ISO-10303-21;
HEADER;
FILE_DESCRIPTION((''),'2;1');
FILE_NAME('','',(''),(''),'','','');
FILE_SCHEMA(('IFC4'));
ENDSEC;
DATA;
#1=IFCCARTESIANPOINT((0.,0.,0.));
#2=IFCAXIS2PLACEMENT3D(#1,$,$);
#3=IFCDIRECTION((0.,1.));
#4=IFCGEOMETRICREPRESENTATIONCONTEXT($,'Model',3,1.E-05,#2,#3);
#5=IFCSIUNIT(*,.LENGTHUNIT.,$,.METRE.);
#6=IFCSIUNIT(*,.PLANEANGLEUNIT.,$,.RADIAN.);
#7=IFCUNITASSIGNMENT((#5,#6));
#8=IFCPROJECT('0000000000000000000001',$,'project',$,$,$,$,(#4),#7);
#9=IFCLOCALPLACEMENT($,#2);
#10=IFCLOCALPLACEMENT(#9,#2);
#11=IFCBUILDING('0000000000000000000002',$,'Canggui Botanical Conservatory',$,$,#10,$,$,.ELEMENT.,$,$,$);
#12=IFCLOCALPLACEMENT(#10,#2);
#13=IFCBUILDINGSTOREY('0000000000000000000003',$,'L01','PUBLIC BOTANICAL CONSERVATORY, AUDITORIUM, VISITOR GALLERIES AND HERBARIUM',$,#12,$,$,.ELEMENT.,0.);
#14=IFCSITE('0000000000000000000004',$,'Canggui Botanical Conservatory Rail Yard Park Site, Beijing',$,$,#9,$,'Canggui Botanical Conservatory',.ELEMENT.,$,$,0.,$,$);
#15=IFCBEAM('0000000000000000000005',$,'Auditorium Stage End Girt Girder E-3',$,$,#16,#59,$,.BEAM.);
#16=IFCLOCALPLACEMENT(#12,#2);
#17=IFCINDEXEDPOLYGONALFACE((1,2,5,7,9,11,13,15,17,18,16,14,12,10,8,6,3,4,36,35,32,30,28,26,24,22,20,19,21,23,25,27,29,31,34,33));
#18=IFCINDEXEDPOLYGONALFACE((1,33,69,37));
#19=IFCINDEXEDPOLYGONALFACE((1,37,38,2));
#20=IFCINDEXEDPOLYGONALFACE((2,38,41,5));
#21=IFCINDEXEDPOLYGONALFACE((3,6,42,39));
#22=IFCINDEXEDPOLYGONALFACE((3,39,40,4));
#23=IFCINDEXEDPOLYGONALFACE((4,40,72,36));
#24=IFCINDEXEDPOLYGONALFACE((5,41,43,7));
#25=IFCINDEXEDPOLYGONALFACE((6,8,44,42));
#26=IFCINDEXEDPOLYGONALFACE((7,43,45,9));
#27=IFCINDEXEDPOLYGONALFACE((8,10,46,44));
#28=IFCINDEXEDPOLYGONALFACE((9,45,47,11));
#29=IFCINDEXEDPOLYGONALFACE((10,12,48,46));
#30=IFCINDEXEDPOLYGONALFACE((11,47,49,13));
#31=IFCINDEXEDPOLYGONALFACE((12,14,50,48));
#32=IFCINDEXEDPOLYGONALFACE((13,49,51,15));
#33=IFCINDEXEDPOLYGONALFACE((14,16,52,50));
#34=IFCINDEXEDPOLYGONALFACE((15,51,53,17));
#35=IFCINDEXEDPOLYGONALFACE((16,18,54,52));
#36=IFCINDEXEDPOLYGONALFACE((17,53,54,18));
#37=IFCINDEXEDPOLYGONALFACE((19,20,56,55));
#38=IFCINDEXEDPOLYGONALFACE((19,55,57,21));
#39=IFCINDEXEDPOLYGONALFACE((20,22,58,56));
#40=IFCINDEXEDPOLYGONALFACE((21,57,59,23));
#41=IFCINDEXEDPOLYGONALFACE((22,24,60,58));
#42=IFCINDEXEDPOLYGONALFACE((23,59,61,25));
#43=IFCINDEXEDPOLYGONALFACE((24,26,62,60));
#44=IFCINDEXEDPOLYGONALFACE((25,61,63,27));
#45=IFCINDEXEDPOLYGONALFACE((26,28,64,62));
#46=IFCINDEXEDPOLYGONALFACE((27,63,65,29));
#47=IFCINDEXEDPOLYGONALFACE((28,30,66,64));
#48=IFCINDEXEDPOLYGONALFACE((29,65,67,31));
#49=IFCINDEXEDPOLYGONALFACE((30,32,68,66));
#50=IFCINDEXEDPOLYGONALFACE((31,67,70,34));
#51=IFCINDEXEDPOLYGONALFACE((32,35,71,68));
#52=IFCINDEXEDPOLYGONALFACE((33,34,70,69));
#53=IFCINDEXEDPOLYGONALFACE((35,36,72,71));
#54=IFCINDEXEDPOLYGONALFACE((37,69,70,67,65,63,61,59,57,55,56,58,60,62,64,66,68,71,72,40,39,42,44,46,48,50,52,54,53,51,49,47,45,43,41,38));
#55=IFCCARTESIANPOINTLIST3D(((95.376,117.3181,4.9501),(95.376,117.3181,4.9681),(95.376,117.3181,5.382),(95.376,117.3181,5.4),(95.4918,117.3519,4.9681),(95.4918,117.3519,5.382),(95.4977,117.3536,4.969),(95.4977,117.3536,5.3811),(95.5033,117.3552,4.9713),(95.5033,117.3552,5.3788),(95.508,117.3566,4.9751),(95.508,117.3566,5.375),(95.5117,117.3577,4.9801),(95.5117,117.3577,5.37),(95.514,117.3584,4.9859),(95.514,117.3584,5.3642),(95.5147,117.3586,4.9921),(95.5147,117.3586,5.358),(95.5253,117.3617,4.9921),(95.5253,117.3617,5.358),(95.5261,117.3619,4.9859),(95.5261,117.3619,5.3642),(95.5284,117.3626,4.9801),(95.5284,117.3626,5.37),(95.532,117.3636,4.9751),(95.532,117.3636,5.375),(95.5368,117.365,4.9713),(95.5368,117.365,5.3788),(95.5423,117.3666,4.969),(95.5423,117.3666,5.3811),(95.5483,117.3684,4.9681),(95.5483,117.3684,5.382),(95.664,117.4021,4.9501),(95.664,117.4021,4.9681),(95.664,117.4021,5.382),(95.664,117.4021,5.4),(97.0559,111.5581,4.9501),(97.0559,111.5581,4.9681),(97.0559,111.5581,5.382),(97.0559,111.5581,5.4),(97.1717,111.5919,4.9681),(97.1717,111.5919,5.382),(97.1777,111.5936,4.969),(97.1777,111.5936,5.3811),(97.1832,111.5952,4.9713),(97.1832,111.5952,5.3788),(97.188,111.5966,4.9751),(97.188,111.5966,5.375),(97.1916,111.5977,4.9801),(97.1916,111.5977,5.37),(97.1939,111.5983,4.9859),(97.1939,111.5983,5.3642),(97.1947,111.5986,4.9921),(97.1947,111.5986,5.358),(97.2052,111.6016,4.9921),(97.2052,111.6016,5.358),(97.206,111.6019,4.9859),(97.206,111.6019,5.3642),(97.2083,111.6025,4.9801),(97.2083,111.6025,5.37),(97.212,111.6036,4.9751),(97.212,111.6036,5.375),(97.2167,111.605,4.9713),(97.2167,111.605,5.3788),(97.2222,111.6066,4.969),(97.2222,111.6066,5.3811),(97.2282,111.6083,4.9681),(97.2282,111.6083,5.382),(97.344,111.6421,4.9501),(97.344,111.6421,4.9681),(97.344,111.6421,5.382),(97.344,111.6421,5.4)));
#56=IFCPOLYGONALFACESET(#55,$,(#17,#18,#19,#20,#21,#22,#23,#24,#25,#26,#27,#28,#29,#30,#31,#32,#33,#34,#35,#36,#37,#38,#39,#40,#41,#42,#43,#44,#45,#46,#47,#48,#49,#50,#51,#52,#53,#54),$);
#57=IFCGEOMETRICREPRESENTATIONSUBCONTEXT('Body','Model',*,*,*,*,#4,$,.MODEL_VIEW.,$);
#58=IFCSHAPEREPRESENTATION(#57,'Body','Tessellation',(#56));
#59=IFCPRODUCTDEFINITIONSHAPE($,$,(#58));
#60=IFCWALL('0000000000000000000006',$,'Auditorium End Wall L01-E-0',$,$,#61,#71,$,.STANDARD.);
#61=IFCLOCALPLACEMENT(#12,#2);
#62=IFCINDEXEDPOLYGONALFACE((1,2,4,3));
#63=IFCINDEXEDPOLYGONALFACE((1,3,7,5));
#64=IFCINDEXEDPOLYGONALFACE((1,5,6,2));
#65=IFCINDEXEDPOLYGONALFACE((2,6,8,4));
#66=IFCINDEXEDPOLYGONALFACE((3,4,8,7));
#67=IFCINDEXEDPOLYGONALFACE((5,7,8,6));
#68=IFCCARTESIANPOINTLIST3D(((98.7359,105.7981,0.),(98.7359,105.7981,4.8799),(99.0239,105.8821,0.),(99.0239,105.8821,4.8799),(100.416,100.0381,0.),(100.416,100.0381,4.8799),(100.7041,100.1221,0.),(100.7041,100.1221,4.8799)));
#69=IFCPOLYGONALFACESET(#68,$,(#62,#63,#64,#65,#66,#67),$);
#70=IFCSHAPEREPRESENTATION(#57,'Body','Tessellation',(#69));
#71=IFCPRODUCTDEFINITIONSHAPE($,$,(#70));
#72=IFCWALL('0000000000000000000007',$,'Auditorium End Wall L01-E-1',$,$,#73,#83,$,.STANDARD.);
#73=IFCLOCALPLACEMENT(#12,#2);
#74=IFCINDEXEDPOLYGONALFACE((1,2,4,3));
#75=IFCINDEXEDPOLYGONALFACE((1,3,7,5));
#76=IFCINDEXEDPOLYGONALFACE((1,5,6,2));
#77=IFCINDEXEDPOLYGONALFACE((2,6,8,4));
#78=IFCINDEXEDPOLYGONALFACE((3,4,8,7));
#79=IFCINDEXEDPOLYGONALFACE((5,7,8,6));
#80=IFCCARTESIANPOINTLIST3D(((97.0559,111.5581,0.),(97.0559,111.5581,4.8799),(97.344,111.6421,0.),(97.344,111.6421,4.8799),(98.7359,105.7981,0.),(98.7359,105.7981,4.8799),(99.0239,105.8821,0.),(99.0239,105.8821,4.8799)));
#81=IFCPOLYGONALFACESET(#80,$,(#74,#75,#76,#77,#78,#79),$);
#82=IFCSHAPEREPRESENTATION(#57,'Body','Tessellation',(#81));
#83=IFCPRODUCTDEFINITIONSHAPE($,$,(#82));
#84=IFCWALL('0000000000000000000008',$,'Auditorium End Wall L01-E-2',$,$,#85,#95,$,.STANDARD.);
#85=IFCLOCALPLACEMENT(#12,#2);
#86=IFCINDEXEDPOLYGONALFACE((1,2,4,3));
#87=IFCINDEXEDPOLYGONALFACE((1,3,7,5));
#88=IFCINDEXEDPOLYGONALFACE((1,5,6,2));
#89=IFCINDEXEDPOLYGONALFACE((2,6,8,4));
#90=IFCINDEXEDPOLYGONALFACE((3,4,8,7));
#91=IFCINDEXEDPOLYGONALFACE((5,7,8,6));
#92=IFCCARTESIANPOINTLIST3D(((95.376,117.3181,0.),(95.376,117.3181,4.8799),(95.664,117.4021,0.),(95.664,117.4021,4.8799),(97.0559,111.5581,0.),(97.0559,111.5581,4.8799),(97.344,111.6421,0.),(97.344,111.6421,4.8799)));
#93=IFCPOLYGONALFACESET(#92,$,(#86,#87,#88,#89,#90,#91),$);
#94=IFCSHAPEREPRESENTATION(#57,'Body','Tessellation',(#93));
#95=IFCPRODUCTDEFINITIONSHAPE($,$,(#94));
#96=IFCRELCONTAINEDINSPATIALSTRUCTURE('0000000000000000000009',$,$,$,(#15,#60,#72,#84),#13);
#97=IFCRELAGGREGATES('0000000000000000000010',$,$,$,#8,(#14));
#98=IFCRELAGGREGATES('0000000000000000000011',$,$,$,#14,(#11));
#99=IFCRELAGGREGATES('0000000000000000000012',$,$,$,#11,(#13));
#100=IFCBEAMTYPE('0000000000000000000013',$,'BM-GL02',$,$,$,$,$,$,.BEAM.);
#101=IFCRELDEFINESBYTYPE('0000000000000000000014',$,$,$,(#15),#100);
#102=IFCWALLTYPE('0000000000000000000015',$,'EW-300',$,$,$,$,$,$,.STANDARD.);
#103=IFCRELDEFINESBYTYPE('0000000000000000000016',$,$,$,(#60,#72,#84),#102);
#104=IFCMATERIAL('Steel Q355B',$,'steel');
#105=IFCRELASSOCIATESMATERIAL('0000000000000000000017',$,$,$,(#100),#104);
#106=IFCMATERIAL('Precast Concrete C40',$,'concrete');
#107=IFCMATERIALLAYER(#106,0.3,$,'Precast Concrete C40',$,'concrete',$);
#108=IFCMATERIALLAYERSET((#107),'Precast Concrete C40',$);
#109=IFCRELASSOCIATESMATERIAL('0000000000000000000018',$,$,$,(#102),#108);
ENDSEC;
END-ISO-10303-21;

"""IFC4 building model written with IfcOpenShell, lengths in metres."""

from ifc_helpers import new_model, si_unit, direction, frame, frame_2d, origin, origin_2d, place, context, subcontext, project, spatial, rectangle, i_section, extrude, material, layer, layer_set, material_profile, profile_set, type_object, element, save


model = new_model("IFC4")

# Units and contexts
model_context = context("Model", 3, precision=1e-05, world=origin(), true_north=direction((0.0, 1.0)))
body_context = subcontext(model_context, "Body", "Model", "MODEL_VIEW")
ifc_project = project(units=[si_unit("LENGTHUNIT", "METRE"), si_unit("PLANEANGLEUNIT", "RADIAN")], contexts=[model_context])

# Site, building, storey
site_placement = place(None, origin())
site = spatial("IfcSite", under=ifc_project, at=site_placement, Name="Canggui Botanical Conservatory Rail Yard Park Site, Beijing", LongName="Canggui Botanical Conservatory", CompositionType="ELEMENT", RefElevation=0.0)
building_placement = place(site_placement, origin())
building = spatial("IfcBuilding", under=site, at=building_placement, Name="Canggui Botanical Conservatory", CompositionType="ELEMENT")
storey_placement = place(building_placement, origin())
storey = spatial("IfcBuildingStorey", under=building, at=storey_placement, Name="L01", Description="PUBLIC BOTANICAL CONSERVATORY, AUDITORIUM, VISITOR GALLERIES AND HERBARIUM", CompositionType="ELEMENT", Elevation=0.0)

# Beam
ifc_material_1 = material(Name="Steel Q355B", Category="steel")
ifc_material_profile_1 = material_profile(ifc_material_1, i_section(OverallWidth=0.3, OverallDepth=0.45, WebThickness=0.011, FlangeThickness=0.0181, FilletRadius=0.0239, at=origin_2d()), Name="HM 450x300x11x18")
ifc_profile_set_1 = profile_set([ifc_material_profile_1], Name="Steel Q355B")
beam_type = type_object("IfcBeamType", Name="BM-GL02", PredefinedType="BEAM", material=ifc_profile_set_1)
for number, where, z_axis, x_axis, name in (
    (1, (97.2, 111.6001, 5.175), (-0.279989, 0.960003, 0.0), (-0.960003, -0.279989, 0.0), "Auditorium Stage End Girt Girder E-3"),
):
    element("IfcBeam", number, at=place(storey_placement, frame(where, z_axis=z_axis, x_axis=x_axis)), inside=storey, type_object=beam_type, Name=name, PredefinedType="BEAM", context=body_context, shape_type="SweptSolid", body=[
        extrude(i_section(OverallWidth=0.3, OverallDepth=0.45, WebThickness=0.011, FlangeThickness=0.0181, FilletRadius=0.0239, at=origin_2d()), origin(), (0.0, 0.0, 1.0), 6.0),
    ])

# Walls
ifc_material_2 = material(Name="Precast Concrete C40", Category="concrete")
ifc_layer = layer(ifc_material_2, 0.3, Name="Precast Concrete C40", Category="concrete")
ifc_layer_set = layer_set([ifc_layer], Name="Precast Concrete C40")
wall_type = type_object("IfcWallType", Name="EW-300", PredefinedType="STANDARD", material=ifc_layer_set)
for number, where, z_axis, x_axis, name in (
    (2, (98.8799, 105.8401, 0.0), (0.0, 0.0, 1.0), (0.280027, -0.959992, 0.0), "Auditorium End Wall L01-E-0"),
    (3, (97.2, 111.6001, 0.0), (0.0, 0.0, 1.0), (0.279989, -0.960003, 0.0), "Auditorium End Wall L01-E-1"),
    (4, (95.52, 117.3601, 0.0), (0.0, 0.0, 1.0), (0.279989, -0.960003, 0.0), "Auditorium End Wall L01-E-2"),
):
    element("IfcWall", number, at=place(storey_placement, frame(where, z_axis=z_axis, x_axis=x_axis)), inside=storey, type_object=wall_type, Name=name, PredefinedType="STANDARD", context=body_context, shape_type="SweptSolid", body=[
        extrude(rectangle(XDim=6.0, YDim=0.3, at=frame_2d((3.0, 0.0))), origin(), (0.0, 0.0, 1.0), 4.8799),
    ])

save(model, "model.ifc")
